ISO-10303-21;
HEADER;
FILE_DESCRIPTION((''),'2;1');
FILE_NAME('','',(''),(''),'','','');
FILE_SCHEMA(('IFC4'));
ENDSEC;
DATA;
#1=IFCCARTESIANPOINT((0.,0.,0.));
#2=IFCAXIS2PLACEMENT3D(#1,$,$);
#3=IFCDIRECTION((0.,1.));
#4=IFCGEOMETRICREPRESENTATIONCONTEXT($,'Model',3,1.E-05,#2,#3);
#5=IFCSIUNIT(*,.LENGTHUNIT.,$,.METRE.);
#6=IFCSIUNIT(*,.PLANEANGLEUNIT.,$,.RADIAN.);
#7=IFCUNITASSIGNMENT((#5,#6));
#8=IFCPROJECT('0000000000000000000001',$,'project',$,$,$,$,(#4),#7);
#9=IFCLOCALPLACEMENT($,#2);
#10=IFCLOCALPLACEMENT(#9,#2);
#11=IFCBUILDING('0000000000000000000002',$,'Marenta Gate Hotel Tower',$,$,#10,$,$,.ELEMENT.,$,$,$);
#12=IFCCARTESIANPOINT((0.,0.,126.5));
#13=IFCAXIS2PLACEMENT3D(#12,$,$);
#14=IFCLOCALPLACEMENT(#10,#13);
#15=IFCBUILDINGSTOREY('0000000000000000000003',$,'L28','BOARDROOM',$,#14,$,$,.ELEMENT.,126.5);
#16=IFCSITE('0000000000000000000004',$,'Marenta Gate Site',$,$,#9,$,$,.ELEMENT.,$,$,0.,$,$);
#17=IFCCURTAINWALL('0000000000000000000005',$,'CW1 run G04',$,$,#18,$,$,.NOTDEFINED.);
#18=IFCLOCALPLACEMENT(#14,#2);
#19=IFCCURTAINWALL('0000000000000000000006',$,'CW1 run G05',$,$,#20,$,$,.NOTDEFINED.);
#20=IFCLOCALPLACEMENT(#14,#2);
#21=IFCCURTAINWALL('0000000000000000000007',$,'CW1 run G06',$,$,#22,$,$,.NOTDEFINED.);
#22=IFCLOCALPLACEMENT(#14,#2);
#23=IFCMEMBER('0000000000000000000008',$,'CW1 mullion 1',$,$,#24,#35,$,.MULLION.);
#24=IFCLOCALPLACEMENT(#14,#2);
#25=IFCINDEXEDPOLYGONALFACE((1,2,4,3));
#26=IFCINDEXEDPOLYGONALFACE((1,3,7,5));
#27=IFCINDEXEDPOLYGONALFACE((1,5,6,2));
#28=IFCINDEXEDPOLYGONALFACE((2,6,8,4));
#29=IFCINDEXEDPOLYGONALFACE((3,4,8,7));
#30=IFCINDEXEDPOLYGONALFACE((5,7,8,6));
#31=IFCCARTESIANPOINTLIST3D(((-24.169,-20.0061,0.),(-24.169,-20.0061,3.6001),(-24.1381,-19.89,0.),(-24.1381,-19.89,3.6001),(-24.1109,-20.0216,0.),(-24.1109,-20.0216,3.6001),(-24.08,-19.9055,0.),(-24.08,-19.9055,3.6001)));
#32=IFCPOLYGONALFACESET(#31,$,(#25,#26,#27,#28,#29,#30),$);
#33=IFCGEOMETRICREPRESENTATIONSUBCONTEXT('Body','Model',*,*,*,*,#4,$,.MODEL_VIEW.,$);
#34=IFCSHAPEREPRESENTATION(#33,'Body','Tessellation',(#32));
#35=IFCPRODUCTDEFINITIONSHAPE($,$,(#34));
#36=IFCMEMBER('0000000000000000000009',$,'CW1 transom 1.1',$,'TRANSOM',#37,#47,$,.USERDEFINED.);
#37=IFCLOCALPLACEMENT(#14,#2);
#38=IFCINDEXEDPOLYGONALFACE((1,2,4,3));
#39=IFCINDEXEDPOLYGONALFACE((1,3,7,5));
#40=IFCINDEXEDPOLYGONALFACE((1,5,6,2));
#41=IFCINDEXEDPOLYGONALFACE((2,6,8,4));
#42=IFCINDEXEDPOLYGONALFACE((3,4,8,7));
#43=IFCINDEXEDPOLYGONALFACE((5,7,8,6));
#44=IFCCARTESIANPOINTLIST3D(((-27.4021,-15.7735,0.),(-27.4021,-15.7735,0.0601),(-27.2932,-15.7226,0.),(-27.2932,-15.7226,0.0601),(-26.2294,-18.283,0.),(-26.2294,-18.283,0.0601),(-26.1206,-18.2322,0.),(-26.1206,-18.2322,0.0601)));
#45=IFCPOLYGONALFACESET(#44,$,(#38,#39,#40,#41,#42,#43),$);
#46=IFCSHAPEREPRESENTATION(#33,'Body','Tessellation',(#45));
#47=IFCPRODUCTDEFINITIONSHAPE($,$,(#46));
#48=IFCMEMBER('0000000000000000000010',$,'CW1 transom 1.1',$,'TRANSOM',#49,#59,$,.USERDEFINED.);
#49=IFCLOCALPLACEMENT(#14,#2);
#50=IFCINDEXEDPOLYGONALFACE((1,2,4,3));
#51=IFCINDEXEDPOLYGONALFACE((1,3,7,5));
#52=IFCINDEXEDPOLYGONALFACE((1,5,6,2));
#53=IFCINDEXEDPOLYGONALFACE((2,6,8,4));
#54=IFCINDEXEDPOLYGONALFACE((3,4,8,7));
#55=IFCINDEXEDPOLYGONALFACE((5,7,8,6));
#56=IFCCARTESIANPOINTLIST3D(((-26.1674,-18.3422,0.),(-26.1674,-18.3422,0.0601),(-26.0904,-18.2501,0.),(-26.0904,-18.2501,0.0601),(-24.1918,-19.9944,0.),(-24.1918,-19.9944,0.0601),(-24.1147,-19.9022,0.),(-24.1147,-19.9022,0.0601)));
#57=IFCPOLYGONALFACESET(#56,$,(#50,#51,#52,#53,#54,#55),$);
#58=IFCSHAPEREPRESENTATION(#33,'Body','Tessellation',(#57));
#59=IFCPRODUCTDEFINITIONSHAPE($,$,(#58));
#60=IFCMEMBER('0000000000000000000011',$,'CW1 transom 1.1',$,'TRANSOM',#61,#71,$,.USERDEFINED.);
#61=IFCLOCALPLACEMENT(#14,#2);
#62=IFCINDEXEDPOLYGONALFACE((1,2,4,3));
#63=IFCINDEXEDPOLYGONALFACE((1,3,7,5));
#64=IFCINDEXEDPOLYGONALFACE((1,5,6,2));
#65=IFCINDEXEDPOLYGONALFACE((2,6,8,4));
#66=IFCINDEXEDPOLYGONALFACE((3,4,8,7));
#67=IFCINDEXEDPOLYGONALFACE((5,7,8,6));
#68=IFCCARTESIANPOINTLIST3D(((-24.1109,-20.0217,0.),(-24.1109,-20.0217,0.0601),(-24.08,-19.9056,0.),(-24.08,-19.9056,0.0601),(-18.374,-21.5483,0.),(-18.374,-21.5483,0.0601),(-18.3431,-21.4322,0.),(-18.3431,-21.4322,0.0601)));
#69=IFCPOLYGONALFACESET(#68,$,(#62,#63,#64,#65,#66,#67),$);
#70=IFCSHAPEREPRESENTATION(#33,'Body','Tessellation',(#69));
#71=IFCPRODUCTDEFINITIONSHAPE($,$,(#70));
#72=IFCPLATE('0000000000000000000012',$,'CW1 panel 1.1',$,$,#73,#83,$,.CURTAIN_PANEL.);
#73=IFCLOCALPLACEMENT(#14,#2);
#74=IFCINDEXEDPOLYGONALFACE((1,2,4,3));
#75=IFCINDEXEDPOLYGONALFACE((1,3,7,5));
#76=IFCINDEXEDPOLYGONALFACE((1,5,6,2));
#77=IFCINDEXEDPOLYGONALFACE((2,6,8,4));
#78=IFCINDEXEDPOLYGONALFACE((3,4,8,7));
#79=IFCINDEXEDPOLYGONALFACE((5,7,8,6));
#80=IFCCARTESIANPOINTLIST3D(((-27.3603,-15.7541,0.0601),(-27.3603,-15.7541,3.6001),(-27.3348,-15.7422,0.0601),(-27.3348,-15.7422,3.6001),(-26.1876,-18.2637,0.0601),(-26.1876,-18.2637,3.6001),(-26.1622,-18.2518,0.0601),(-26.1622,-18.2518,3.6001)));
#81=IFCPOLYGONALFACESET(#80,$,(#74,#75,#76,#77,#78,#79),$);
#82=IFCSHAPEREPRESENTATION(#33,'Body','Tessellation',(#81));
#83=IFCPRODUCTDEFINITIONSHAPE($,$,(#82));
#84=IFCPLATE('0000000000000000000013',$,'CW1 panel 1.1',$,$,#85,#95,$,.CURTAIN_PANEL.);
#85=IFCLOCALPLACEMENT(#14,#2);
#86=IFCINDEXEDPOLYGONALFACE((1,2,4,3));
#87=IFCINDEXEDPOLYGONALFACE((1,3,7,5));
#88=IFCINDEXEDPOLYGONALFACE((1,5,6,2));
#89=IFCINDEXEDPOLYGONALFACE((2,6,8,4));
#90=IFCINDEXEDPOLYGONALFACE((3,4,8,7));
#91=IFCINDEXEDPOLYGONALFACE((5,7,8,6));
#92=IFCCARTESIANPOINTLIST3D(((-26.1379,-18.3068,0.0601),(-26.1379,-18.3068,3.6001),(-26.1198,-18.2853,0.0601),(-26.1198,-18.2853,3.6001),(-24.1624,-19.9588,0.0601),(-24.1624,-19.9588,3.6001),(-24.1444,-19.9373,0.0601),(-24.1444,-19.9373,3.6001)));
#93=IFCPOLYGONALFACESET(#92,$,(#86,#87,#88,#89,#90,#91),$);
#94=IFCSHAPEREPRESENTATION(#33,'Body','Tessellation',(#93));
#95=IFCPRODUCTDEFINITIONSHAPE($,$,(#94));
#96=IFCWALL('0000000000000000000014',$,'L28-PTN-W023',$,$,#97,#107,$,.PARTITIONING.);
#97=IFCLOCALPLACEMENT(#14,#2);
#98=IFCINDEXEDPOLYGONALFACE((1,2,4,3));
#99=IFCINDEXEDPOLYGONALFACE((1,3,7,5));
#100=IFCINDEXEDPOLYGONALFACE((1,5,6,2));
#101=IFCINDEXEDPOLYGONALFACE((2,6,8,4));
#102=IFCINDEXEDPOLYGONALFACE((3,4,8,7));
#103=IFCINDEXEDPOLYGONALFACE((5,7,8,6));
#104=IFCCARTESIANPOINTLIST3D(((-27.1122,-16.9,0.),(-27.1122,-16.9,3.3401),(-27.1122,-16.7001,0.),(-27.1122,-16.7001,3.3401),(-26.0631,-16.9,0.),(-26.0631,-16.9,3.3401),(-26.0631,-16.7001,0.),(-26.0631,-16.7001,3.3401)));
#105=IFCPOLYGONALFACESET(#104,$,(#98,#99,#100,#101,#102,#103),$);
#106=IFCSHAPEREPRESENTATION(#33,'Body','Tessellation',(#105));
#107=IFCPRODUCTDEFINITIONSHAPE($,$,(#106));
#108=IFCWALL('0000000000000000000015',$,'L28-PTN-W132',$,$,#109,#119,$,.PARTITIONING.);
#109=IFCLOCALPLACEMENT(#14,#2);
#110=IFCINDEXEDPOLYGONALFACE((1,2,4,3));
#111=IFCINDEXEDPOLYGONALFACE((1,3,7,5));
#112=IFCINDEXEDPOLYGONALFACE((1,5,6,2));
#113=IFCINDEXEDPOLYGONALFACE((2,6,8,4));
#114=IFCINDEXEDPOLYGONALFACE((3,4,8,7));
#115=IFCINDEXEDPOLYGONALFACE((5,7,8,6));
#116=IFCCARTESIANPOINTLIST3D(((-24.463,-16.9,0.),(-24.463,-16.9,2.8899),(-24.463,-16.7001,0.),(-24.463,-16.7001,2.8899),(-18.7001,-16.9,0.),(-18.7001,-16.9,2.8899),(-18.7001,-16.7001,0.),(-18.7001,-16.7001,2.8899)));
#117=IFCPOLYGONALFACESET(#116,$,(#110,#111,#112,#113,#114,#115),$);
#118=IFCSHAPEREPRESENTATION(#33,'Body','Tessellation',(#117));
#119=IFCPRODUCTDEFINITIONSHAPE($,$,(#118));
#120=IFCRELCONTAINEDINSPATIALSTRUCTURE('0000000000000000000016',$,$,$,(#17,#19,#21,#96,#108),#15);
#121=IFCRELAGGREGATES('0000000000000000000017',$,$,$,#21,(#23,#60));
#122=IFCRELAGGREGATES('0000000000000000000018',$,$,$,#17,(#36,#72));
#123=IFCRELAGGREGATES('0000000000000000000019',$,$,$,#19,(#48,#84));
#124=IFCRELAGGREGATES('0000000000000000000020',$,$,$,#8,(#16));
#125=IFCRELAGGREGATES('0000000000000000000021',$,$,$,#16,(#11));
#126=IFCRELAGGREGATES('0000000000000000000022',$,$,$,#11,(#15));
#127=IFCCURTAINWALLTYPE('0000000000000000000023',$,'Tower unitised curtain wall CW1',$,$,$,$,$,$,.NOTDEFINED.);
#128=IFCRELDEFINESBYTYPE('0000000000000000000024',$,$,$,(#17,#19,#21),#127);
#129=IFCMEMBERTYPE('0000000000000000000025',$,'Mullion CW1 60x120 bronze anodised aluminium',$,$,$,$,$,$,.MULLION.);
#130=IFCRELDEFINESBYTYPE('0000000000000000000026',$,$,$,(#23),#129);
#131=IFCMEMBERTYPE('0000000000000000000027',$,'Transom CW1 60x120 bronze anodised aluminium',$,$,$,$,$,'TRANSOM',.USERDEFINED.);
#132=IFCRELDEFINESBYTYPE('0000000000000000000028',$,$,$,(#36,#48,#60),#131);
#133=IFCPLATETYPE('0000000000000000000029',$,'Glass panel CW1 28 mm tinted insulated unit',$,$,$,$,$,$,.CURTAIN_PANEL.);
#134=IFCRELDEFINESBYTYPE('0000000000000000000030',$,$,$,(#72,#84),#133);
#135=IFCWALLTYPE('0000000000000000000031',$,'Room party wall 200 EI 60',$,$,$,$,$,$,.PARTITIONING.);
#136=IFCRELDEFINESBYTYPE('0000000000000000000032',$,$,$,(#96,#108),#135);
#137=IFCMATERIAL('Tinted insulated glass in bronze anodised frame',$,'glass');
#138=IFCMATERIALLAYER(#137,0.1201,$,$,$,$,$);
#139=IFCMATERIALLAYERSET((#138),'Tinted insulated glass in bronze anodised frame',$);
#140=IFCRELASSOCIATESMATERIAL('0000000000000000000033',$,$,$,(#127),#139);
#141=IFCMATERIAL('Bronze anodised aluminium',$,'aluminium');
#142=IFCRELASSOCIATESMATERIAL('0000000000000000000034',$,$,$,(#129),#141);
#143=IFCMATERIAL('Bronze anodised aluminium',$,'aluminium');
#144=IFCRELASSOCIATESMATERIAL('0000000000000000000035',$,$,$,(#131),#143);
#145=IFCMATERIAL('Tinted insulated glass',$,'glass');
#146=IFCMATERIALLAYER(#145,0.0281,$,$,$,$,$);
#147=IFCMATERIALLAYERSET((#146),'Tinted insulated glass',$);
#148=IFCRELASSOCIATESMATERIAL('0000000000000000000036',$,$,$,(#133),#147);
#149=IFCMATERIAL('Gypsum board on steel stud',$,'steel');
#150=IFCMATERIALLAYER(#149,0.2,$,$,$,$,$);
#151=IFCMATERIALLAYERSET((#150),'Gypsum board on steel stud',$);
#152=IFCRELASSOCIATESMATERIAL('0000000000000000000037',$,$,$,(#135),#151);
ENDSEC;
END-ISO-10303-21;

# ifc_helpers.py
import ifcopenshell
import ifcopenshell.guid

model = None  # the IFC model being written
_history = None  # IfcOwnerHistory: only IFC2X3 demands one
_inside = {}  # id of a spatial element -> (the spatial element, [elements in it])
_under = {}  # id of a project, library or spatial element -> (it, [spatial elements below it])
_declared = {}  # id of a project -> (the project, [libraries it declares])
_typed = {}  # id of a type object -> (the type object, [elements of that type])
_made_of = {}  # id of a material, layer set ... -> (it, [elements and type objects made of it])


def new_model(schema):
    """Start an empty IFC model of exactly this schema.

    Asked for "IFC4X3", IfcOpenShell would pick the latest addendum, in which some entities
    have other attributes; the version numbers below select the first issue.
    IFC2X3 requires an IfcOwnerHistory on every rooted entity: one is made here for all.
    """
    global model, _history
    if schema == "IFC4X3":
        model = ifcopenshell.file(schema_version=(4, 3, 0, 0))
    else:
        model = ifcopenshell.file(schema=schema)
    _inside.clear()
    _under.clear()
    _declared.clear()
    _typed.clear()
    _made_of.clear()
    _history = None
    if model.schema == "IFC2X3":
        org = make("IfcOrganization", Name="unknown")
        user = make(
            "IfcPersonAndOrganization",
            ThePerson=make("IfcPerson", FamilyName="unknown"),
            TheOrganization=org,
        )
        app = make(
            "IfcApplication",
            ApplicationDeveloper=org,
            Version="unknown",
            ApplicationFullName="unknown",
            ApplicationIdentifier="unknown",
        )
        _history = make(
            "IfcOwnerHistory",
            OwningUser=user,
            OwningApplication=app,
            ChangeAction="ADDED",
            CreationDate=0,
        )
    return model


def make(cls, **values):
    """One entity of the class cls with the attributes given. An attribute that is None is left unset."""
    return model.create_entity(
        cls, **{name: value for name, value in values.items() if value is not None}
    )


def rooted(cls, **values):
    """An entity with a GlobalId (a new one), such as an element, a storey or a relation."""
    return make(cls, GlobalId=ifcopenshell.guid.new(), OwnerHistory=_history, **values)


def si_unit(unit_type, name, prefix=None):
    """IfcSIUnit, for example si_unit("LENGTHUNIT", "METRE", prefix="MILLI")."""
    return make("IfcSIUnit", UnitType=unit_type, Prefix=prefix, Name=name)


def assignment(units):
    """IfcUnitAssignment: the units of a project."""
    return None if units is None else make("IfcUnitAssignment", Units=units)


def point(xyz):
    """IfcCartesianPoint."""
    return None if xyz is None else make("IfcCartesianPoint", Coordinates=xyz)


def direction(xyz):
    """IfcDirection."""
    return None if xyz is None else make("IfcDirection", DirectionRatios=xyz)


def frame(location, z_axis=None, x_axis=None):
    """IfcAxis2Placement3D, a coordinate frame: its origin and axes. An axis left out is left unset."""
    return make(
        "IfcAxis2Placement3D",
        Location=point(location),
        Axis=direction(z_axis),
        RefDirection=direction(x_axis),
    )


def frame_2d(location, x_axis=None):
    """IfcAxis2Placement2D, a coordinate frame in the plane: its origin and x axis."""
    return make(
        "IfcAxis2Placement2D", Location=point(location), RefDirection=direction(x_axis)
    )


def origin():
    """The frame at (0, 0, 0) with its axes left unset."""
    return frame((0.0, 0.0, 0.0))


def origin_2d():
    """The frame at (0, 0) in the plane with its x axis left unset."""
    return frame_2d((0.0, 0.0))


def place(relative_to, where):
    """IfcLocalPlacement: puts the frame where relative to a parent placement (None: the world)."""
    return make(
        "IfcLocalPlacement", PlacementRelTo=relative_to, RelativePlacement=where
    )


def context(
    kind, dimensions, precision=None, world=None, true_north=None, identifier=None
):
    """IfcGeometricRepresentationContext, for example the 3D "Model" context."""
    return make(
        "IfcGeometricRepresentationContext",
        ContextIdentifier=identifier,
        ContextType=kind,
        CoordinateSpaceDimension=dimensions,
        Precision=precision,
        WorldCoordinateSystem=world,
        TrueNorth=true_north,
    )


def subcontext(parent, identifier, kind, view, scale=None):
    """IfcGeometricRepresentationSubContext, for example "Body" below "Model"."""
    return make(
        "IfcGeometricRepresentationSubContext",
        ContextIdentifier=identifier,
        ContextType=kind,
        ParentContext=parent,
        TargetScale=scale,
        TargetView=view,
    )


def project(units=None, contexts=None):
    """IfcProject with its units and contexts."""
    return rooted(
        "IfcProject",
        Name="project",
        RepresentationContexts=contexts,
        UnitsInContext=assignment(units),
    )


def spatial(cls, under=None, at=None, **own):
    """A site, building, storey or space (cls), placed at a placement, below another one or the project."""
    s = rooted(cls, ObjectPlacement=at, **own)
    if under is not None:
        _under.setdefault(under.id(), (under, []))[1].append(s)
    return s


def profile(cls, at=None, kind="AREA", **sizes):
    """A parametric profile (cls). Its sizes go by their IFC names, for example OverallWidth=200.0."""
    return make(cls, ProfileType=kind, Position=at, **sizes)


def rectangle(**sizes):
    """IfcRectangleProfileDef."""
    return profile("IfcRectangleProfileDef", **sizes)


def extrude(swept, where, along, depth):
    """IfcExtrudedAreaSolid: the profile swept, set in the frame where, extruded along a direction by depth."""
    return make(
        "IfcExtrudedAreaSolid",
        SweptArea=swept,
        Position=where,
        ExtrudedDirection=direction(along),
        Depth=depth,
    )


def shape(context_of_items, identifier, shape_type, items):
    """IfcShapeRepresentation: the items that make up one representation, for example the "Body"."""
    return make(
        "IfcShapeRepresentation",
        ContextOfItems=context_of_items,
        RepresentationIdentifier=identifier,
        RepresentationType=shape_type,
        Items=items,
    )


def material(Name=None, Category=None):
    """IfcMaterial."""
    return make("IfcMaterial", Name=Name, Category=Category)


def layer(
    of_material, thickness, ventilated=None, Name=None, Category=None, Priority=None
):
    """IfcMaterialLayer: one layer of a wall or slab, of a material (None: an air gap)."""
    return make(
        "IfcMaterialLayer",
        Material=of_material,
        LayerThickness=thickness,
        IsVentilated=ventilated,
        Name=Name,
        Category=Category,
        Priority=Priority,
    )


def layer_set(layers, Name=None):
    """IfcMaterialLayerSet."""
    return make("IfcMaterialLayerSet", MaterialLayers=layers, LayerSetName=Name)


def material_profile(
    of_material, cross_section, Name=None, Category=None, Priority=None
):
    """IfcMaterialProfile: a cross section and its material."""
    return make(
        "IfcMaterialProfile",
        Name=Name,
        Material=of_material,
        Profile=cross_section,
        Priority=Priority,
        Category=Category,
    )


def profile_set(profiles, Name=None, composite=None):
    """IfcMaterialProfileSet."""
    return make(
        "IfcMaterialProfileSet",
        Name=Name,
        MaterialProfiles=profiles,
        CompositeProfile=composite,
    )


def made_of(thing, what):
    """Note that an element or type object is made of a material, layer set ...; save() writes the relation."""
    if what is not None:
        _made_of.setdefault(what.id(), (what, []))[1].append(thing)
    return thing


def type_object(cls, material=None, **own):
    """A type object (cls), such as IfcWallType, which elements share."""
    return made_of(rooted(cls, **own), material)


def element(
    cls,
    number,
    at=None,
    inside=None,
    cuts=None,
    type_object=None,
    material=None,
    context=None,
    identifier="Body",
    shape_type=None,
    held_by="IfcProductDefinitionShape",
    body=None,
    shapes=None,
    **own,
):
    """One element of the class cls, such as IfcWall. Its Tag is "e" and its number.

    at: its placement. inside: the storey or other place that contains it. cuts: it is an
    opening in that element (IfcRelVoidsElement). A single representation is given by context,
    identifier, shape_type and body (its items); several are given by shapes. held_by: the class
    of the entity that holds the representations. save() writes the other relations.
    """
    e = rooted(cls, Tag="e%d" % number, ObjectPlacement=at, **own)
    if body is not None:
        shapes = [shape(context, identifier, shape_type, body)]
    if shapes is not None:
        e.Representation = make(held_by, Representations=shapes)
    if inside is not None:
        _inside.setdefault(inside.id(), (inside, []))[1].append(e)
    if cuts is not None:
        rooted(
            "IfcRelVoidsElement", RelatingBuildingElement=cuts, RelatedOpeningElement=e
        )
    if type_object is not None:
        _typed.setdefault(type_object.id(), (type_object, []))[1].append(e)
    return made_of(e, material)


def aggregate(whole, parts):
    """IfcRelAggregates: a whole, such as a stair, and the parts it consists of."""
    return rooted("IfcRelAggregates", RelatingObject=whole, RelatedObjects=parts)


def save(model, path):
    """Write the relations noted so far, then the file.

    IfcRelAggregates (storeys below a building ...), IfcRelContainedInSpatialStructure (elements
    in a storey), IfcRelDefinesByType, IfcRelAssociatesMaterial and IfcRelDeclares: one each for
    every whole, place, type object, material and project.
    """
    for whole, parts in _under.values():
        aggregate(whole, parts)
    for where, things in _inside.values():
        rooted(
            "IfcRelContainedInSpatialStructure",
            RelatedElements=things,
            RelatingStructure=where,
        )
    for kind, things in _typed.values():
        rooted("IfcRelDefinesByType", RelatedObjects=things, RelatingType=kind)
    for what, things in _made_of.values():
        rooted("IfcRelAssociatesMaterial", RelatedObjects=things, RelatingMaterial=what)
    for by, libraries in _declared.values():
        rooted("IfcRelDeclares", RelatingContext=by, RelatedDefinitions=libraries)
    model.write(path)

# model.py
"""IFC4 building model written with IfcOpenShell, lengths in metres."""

from ifc_helpers import new_model, si_unit, direction, frame, frame_2d, origin, origin_2d, place, context, subcontext, project, spatial, rectangle, extrude, material, layer, layer_set, material_profile, profile_set, type_object, element, aggregate, save


model = new_model("IFC4")

# Units and contexts
model_context = context("Model", 3, precision=1e-05, world=origin(), true_north=direction((0.0, 1.0)))
body_context = subcontext(model_context, "Body", "Model", "MODEL_VIEW")
ifc_project = project(units=[si_unit("LENGTHUNIT", "METRE"), si_unit("PLANEANGLEUNIT", "RADIAN")], contexts=[model_context])

# Site, building, storey
site_placement = place(None, origin())
site = spatial("IfcSite", under=ifc_project, at=site_placement, Name="Marenta Gate Site", CompositionType="ELEMENT", RefElevation=0.0)
building_placement = place(site_placement, origin())
building = spatial("IfcBuilding", under=site, at=building_placement, Name="Marenta Gate Hotel Tower", CompositionType="ELEMENT")
storey_placement = place(building_placement, frame((0.0, 0.0, 126.5)))
storey = spatial("IfcBuildingStorey", under=building, at=storey_placement, Name="L28", Description="BOARDROOM", CompositionType="ELEMENT", Elevation=126.5)

# Curtain walls, member
ifc_material_1 = material(Name="Tinted insulated glass in bronze anodised frame", Category="glass")
ifc_layer_1 = layer(ifc_material_1, 0.1201)
ifc_layer_set_1 = layer_set([ifc_layer_1], Name="Tinted insulated glass in bronze anodised frame")
curtain_wall_type = type_object("IfcCurtainWallType", Name="Tower unitised curtain wall CW1", PredefinedType="NOTDEFINED", material=ifc_layer_set_1)
curtain_wall_1_placement = place(storey_placement, origin())
curtain_wall_1 = element("IfcCurtainWall", 1, at=curtain_wall_1_placement, inside=storey, type_object=curtain_wall_type, Name="CW1 run G04", PredefinedType="NOTDEFINED")
ifc_material_2 = material(Name="Bronze anodised aluminium", Category="aluminium")
ifc_material_profile_1 = material_profile(ifc_material_2, rectangle(XDim=0.1201, YDim=0.0601, at=origin_2d()), Name="Mullion CW1 60x120 bronze anodised aluminium")
ifc_profile_set_1 = profile_set([ifc_material_profile_1], Name="Bronze anodised aluminium")
member_type_1 = type_object("IfcMemberType", Name="Mullion CW1 60x120 bronze anodised aluminium", PredefinedType="MULLION", material=ifc_profile_set_1)
curtain_wall_2_placement = place(storey_placement, origin())
curtain_wall_2 = element("IfcCurtainWall", 2, at=curtain_wall_2_placement, inside=storey, type_object=curtain_wall_type, Name="CW1 run G05", PredefinedType="NOTDEFINED")
curtain_wall_3_placement = place(storey_placement, origin())
curtain_wall_3 = element("IfcCurtainWall", 3, at=curtain_wall_3_placement, inside=storey, type_object=curtain_wall_type, Name="CW1 run G06", PredefinedType="NOTDEFINED")
member_1_placement = place(storey_placement, frame((-24.1245, -19.9558, 0.0), z_axis=(0.0, 0.0, 1.0), x_axis=(0.257144, 0.966373, 0.0)))
member_1 = element("IfcMember", 4, at=member_1_placement, type_object=member_type_1, Name="CW1 mullion 1", PredefinedType="MULLION", context=body_context, shape_type="SweptSolid", body=[
    extrude(rectangle(XDim=0.1201, YDim=0.0601, at=origin_2d()), origin(), (0.0, 0.0, 1.0), 3.6001),
])

# Members
ifc_material_3 = material(Name="Bronze anodised aluminium", Category="aluminium")
ifc_material_profile_2 = material_profile(ifc_material_3, rectangle(XDim=0.1201, YDim=0.0601, at=origin_2d()), Name="Transom CW1 60x120 bronze anodised aluminium")
ifc_profile_set_2 = profile_set([ifc_material_profile_2], Name="Bronze anodised aluminium")
member_type_2 = type_object("IfcMemberType", Name="Transom CW1 60x120 bronze anodised aluminium", ElementType="TRANSOM", PredefinedType="USERDEFINED", material=ifc_profile_set_2)
member_2_placement = place(storey_placement, frame((-27.3477, -15.748, 0.03), z_axis=(0.423329, -0.905976, 0.0), x_axis=(0.905976, 0.423329, 0.0)))
member_2 = element("IfcMember", 5, at=member_2_placement, type_object=member_type_2, Name="CW1 transom 1.1", ObjectType="TRANSOM", PredefinedType="USERDEFINED", context=body_context, shape_type="SweptSolid", body=[
    extrude(rectangle(XDim=0.1201, YDim=0.0601, at=origin_2d()), origin(), (0.0, 0.0, 1.0), 2.77),
])
member_3_placement = place(storey_placement, frame((-26.1289, -18.2961, 0.03), z_axis=(0.767117, -0.641508, 0.0), x_axis=(0.641508, 0.767117, 0.0)))
member_3 = element("IfcMember", 6, at=member_3_placement, type_object=member_type_2, Name="CW1 transom 1.1", ObjectType="TRANSOM", PredefinedType="USERDEFINED", context=body_context, shape_type="SweptSolid", body=[
    extrude(rectangle(XDim=0.1201, YDim=0.0601, at=origin_2d()), origin(), (0.0, 0.0, 1.0), 2.5754),
])
member_4_placement = place(storey_placement, frame((-24.0955, -19.9636, 0.03), z_axis=(0.966369, -0.257158, 0.0), x_axis=(0.257158, 0.966369, 0.0)))
member_4 = element("IfcMember", 7, at=member_4_placement, type_object=member_type_2, Name="CW1 transom 1.1", ObjectType="TRANSOM", PredefinedType="USERDEFINED", context=body_context, shape_type="SweptSolid", body=[
    extrude(rectangle(XDim=0.1201, YDim=0.0601, at=origin_2d()), origin(), (0.0, 0.0, 1.0), 5.9365),
])
aggregate(curtain_wall_3, [member_1, member_4])

# Plates
ifc_material_4 = material(Name="Tinted insulated glass", Category="glass")
ifc_layer_2 = layer(ifc_material_4, 0.0281)
ifc_layer_set_2 = layer_set([ifc_layer_2], Name="Tinted insulated glass")
plate_type = type_object("IfcPlateType", Name="Glass panel CW1 28 mm tinted insulated unit", PredefinedType="CURTAIN_PANEL", material=ifc_layer_set_2)
plate_1_placement = place(storey_placement, frame((-26.7612, -17.0029, 0.0601), z_axis=(0.0, 0.0, 1.0), x_axis=(0.423338, -0.905972, 0.0)))
plate_1 = element("IfcPlate", 8, at=plate_1_placement, type_object=plate_type, Name="CW1 panel 1.1", PredefinedType="CURTAIN_PANEL", context=body_context, shape_type="SweptSolid", body=[
    extrude(rectangle(XDim=2.77, YDim=0.0281, at=origin_2d()), origin(), (0.0, 0.0, 1.0), 3.54),
])
aggregate(curtain_wall_1, [member_2, plate_1])
plate_2_placement = place(storey_placement, frame((-25.1411, -19.1221, 0.0601), z_axis=(0.0, 0.0, 1.0), x_axis=(0.767113, -0.641512, 0.0)))
plate_2 = element("IfcPlate", 9, at=plate_2_placement, type_object=plate_type, Name="CW1 panel 1.1", PredefinedType="CURTAIN_PANEL", context=body_context, shape_type="SweptSolid", body=[
    extrude(rectangle(XDim=2.5752, YDim=0.0281, at=origin_2d()), origin(), (0.0, 0.0, 1.0), 3.54),
])
aggregate(curtain_wall_2, [member_3, plate_2])

# Walls
ifc_material_5 = material(Name="Gypsum board on steel stud", Category="steel")
ifc_layer_3 = layer(ifc_material_5, 0.2)
ifc_layer_set_3 = layer_set([ifc_layer_3], Name="Gypsum board on steel stud")
wall_type = type_object("IfcWallType", Name="Room party wall 200 EI 60", PredefinedType="PARTITIONING", material=ifc_layer_set_3)
wall_1_placement = place(storey_placement, frame((-27.1121, -16.8, 0.0), z_axis=(0.0, 0.0, 1.0), x_axis=(1.0, 0.0, 0.0)))
element("IfcWall", 10, at=wall_1_placement, inside=storey, type_object=wall_type, Name="L28-PTN-W023", PredefinedType="PARTITIONING", context=body_context, shape_type="SweptSolid", body=[
    extrude(rectangle(XDim=1.0491, YDim=0.2, at=frame_2d((0.5244, 0.0))), origin(), (0.0, 0.0, 1.0), 3.3401),
])
wall_2_placement = place(storey_placement, frame((-24.4629, -16.8, 0.0), z_axis=(0.0, 0.0, 1.0), x_axis=(1.0, 0.0, 0.0)))
element("IfcWall", 11, at=wall_2_placement, inside=storey, type_object=wall_type, Name="L28-PTN-W132", PredefinedType="PARTITIONING", context=body_context, shape_type="SweptSolid", body=[
    extrude(rectangle(XDim=5.7629, YDim=0.2, at=frame_2d((2.8813, 0.0))), origin(), (0.0, 0.0, 1.0), 2.8899),
])

save(model, "model.ifc")
